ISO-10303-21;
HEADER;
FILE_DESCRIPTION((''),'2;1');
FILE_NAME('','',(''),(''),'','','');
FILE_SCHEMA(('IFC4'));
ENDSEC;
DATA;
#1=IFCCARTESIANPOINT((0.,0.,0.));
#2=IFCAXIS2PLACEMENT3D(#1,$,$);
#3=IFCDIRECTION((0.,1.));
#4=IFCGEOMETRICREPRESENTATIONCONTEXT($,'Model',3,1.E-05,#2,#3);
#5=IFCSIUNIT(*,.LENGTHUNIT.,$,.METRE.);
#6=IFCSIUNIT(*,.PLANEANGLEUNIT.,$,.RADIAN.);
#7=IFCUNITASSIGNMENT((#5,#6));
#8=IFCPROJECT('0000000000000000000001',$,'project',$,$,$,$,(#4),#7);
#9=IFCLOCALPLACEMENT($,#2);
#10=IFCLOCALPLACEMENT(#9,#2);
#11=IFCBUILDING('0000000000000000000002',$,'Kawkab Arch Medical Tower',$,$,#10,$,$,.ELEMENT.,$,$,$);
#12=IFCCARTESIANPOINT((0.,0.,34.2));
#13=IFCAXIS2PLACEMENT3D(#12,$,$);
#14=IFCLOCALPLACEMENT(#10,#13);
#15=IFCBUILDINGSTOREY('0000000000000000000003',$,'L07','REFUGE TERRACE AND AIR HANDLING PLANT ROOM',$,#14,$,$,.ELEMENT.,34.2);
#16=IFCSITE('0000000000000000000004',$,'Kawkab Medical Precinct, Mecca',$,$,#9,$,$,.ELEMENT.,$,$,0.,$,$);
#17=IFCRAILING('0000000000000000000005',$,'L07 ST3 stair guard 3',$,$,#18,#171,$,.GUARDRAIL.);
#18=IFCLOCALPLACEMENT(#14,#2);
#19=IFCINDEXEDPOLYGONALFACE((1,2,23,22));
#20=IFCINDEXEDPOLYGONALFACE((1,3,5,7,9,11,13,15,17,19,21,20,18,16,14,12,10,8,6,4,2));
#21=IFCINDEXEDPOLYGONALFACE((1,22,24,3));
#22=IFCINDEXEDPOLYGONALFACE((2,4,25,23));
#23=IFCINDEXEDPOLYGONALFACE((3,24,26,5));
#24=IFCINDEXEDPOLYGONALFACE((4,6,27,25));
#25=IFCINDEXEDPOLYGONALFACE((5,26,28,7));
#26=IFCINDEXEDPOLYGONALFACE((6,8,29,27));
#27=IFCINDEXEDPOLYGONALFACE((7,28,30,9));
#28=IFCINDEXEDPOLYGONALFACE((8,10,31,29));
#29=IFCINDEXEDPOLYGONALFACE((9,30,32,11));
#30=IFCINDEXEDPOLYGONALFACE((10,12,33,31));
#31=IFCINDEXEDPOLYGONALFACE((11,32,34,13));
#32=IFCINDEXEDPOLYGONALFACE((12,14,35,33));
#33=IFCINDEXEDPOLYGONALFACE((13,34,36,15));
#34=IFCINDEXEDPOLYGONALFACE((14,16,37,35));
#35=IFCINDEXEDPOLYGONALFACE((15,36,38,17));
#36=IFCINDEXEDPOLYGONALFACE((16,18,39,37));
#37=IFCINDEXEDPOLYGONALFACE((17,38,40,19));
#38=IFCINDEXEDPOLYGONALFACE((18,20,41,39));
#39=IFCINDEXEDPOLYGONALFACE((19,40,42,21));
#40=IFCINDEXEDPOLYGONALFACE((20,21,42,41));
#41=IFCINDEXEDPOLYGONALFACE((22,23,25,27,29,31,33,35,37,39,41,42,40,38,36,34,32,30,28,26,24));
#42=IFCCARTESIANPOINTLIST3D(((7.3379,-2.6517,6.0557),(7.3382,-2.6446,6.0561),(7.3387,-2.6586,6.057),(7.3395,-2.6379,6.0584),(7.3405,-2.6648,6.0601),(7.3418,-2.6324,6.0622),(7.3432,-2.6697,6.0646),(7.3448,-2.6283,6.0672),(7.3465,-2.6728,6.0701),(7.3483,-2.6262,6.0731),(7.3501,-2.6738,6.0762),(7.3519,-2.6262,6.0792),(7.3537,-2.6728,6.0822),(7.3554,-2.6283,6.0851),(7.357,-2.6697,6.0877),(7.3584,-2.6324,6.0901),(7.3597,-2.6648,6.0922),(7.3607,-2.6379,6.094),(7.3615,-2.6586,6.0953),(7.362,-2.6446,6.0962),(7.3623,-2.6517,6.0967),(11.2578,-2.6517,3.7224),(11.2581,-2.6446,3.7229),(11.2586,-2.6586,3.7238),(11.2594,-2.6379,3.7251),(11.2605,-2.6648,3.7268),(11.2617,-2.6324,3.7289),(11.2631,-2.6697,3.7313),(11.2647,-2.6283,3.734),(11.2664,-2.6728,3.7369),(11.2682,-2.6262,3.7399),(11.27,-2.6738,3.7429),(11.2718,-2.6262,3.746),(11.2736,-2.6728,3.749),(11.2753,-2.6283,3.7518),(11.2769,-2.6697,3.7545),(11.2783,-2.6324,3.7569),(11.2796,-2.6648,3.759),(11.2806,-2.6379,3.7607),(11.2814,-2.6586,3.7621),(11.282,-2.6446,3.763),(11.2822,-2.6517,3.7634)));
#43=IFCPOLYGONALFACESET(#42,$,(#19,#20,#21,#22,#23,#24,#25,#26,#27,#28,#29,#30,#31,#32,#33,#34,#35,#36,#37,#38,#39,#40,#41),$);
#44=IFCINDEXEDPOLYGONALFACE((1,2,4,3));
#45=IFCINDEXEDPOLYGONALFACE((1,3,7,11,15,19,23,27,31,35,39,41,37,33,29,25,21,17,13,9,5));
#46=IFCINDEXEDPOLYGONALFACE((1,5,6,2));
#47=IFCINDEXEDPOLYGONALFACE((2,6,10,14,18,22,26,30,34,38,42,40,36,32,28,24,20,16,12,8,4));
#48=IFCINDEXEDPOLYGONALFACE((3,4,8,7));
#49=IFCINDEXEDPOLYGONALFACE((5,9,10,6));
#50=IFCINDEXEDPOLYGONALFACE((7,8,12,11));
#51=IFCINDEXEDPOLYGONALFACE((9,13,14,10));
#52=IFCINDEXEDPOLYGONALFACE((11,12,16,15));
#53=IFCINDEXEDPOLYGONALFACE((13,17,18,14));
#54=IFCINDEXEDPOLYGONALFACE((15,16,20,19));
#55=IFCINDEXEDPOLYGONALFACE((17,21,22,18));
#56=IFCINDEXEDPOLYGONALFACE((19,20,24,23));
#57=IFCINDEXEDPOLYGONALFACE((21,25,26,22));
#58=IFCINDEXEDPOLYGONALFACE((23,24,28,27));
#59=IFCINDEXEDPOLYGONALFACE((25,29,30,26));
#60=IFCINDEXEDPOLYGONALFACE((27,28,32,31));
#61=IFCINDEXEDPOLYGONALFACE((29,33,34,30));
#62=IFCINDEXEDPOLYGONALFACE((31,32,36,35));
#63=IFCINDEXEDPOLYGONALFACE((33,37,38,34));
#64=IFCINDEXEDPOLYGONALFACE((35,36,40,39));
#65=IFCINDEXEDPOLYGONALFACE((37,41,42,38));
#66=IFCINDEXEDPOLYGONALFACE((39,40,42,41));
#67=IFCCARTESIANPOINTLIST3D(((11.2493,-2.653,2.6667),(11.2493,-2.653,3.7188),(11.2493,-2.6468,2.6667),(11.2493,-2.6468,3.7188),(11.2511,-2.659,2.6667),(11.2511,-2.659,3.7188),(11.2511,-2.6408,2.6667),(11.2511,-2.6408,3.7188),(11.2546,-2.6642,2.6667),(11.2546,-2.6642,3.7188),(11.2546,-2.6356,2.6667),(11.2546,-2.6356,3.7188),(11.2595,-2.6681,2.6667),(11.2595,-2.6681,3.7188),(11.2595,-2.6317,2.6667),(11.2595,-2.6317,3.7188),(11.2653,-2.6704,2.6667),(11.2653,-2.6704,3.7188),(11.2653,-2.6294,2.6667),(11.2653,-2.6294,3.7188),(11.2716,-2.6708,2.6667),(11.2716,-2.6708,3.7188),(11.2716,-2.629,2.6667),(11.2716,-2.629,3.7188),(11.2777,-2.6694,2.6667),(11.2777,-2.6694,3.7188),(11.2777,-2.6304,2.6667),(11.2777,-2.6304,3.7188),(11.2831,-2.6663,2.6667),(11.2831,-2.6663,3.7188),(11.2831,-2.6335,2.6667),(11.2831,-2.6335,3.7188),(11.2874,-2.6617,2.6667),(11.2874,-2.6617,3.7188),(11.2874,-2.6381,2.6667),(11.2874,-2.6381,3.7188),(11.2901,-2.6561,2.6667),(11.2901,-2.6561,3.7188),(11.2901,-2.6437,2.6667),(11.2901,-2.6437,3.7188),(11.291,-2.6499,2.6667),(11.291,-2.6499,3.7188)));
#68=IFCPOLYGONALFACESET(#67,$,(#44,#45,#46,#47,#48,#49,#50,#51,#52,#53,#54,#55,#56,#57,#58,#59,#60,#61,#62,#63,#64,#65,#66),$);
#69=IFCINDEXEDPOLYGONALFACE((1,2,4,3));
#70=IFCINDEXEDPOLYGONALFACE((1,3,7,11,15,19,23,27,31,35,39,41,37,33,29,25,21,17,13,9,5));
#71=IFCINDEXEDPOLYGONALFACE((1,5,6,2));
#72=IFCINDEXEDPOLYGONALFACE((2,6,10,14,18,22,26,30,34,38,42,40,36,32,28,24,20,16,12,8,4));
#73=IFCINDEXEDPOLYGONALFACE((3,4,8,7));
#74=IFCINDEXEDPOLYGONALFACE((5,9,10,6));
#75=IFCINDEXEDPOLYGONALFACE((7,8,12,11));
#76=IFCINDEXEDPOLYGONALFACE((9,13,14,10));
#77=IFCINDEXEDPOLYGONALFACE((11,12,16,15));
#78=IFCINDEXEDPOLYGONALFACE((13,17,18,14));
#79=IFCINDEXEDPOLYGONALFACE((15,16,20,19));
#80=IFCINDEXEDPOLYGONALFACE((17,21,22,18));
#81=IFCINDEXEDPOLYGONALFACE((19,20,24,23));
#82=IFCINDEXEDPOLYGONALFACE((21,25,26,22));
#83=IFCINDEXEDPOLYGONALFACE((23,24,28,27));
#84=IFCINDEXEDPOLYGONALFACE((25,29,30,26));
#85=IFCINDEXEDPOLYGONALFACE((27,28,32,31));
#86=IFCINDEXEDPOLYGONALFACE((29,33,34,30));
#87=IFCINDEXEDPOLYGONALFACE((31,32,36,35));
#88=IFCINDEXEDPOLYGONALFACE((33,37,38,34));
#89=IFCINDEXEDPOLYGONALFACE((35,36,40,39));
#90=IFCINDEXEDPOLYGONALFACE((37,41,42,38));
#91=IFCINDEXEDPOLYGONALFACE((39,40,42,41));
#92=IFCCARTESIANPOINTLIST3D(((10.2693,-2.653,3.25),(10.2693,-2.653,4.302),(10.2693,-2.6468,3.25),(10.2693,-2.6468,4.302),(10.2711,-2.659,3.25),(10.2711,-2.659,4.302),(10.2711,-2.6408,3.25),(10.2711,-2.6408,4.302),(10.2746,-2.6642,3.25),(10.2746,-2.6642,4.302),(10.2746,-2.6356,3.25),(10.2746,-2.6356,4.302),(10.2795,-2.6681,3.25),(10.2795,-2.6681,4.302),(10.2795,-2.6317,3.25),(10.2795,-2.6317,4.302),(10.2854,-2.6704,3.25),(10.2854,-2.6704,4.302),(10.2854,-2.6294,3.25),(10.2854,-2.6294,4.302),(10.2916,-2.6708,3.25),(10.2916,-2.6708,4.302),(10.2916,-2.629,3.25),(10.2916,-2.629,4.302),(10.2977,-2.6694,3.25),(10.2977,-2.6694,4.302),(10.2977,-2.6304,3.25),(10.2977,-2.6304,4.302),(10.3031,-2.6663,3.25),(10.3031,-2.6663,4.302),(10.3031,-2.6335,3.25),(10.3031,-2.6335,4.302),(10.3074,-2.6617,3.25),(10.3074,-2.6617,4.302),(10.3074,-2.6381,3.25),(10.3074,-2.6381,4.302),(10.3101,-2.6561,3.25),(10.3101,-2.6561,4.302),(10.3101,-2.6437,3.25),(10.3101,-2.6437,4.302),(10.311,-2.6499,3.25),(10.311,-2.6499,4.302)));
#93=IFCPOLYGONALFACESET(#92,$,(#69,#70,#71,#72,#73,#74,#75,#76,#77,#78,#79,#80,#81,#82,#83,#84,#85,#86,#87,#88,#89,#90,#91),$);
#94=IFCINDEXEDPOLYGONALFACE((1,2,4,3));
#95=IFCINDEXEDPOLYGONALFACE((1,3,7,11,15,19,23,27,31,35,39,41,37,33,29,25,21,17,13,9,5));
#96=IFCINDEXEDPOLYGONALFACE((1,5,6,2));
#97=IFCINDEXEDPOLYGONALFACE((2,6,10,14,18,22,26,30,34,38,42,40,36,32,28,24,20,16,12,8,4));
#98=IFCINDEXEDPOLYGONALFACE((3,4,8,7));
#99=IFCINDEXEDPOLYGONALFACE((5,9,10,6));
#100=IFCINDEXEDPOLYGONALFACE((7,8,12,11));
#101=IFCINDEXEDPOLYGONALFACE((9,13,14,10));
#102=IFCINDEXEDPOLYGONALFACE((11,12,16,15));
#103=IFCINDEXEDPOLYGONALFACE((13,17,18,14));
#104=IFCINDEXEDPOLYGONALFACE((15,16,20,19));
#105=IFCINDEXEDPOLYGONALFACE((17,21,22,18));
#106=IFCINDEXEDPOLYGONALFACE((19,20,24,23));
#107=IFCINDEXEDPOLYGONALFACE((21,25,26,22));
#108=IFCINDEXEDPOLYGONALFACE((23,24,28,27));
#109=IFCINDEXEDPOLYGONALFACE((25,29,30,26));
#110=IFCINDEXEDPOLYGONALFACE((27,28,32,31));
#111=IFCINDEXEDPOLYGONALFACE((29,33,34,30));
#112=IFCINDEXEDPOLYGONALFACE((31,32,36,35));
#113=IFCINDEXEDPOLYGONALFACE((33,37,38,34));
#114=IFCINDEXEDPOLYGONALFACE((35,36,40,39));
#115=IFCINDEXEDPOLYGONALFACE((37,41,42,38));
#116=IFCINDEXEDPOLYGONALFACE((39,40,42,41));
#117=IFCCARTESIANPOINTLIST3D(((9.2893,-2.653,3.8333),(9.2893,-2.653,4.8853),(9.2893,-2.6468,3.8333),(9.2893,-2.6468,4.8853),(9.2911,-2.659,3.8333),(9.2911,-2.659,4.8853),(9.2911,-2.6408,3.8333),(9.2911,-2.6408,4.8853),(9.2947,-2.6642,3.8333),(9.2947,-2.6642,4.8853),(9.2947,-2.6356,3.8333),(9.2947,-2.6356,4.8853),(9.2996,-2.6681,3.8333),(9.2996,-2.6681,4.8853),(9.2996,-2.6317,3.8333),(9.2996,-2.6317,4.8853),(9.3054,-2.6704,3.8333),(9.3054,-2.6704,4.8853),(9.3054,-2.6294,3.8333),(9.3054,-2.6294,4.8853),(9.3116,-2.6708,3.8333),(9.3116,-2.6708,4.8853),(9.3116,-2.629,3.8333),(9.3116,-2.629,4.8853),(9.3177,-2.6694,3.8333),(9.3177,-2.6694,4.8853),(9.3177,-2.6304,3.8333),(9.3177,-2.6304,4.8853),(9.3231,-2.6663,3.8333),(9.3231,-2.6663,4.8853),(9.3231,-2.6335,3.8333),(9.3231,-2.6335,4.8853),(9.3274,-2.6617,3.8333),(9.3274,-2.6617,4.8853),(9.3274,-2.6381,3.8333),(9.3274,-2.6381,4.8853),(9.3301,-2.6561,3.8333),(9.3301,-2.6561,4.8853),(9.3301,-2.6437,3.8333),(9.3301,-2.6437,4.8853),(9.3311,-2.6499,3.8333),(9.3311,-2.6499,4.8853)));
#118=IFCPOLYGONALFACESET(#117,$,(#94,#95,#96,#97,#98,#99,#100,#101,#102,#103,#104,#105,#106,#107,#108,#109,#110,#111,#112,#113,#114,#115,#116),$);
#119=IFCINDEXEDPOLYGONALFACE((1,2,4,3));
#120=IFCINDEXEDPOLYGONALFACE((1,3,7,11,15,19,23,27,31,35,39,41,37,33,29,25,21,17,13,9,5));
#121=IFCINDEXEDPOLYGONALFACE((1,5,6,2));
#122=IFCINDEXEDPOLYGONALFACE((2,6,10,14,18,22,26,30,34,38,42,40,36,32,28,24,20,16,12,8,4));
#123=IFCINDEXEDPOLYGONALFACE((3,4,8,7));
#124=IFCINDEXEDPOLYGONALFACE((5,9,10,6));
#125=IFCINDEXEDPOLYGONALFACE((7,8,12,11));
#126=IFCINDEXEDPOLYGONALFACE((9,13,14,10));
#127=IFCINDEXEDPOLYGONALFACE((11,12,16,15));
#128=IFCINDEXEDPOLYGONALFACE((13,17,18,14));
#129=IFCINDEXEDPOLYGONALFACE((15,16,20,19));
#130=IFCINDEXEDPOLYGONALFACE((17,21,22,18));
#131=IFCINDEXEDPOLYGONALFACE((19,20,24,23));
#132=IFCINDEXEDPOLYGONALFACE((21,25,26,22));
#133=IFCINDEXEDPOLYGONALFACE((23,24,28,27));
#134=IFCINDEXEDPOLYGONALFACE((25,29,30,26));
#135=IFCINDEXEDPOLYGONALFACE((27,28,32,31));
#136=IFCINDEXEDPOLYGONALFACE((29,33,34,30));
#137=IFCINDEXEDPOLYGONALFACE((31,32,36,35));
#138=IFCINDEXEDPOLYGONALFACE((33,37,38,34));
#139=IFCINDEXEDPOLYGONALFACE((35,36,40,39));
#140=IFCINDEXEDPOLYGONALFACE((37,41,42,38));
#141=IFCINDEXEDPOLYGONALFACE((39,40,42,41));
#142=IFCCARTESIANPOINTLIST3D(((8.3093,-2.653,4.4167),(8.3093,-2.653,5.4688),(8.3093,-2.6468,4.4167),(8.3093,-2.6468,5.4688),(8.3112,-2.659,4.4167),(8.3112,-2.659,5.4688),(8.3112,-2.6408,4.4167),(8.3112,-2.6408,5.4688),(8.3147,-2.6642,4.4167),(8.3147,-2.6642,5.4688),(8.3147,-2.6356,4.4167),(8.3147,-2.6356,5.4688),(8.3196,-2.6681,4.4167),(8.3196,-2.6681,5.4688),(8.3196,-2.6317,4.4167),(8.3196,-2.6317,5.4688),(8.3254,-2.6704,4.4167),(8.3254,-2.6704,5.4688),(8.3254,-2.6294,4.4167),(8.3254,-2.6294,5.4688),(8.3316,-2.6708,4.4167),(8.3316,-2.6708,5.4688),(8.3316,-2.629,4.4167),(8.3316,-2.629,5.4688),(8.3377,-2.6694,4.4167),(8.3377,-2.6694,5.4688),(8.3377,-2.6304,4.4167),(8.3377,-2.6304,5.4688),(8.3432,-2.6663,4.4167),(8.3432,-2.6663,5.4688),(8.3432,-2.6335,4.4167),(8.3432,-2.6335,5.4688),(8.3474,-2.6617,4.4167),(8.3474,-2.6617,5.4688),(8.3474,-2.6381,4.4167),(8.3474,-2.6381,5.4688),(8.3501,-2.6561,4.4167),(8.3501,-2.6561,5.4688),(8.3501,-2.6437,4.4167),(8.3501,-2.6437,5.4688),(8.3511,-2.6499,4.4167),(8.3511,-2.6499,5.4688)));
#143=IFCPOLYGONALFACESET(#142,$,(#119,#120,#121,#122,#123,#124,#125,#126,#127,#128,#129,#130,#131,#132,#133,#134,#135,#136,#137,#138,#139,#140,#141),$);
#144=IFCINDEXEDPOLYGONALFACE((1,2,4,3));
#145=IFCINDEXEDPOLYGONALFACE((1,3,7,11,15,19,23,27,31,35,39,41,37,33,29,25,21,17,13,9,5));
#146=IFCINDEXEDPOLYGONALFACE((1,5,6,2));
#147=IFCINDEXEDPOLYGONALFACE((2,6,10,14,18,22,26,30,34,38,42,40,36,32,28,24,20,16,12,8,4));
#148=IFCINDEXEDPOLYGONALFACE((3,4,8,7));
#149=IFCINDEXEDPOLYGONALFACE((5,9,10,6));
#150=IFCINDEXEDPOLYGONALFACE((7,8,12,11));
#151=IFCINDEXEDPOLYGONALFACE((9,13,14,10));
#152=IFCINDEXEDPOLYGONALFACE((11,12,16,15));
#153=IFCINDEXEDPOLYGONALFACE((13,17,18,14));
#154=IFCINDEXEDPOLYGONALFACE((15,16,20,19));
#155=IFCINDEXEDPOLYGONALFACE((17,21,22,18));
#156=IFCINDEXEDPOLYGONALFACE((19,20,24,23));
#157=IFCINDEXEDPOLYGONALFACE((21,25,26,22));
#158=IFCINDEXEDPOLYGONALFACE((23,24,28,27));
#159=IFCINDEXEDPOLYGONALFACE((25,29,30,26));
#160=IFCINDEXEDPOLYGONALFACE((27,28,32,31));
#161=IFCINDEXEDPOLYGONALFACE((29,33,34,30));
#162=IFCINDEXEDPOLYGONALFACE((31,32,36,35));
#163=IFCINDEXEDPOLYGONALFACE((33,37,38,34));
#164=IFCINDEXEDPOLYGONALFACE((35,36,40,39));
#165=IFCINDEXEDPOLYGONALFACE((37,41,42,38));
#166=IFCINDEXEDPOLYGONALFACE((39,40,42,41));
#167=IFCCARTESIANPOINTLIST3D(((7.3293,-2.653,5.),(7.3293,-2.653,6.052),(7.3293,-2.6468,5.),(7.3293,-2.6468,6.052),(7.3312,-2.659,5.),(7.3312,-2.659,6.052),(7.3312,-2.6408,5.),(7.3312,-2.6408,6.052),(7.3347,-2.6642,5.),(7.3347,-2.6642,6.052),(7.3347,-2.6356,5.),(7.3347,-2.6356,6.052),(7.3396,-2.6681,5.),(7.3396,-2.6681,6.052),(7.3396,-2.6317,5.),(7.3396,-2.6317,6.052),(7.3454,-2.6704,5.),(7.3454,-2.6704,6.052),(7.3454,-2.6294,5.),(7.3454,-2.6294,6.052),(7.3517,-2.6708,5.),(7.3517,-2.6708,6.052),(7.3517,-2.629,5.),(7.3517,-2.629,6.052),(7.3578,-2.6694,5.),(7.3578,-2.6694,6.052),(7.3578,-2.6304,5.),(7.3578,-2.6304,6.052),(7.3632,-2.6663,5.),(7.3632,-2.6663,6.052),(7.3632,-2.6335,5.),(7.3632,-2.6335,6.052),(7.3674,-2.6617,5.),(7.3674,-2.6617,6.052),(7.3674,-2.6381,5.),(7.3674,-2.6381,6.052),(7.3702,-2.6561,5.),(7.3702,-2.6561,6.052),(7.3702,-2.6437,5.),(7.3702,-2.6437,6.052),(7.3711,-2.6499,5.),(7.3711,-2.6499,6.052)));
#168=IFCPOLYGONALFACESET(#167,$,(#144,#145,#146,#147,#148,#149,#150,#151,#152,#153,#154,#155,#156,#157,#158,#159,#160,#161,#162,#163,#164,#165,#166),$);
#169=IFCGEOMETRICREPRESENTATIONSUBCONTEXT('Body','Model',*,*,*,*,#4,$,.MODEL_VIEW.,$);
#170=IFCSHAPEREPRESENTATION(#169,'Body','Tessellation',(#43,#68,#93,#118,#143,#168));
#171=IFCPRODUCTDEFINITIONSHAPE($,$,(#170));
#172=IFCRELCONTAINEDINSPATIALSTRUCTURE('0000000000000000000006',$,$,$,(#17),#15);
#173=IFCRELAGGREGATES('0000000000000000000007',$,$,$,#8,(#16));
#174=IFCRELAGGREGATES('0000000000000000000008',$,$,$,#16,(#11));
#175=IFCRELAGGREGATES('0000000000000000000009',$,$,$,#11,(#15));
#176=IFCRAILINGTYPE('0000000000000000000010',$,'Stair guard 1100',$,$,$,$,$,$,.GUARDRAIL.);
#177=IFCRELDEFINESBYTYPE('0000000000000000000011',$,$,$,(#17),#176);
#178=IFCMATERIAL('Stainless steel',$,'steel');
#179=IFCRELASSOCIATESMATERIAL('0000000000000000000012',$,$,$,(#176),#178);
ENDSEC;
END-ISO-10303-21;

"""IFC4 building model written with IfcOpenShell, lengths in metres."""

from ifc_helpers import new_model, si_unit, direction, frame, origin, origin_2d, place, context, subcontext, project, spatial, circle, extrude, material, type_object, element, save


model = new_model("IFC4")

# Units and contexts
model_context = context("Model", 3, precision=1e-05, world=origin(), true_north=direction((0.0, 1.0)))
body_context = subcontext(model_context, "Body", "Model", "MODEL_VIEW")
ifc_project = project(units=[si_unit("LENGTHUNIT", "METRE"), si_unit("PLANEANGLEUNIT", "RADIAN")], contexts=[model_context])

# Site, building, storey
site_placement = place(None, origin())
site = spatial("IfcSite", under=ifc_project, at=site_placement, Name="Kawkab Medical Precinct, Mecca", CompositionType="ELEMENT", RefElevation=0.0)
building_placement = place(site_placement, origin())
building = spatial("IfcBuilding", under=site, at=building_placement, Name="Kawkab Arch Medical Tower", CompositionType="ELEMENT")
storey_placement = place(building_placement, frame((0.0, 0.0, 34.2)))
storey = spatial("IfcBuildingStorey", under=building, at=storey_placement, Name="L07", Description="REFUGE TERRACE AND AIR HANDLING PLANT ROOM", CompositionType="ELEMENT", Elevation=34.2)

# Railing
ifc_material_1 = material(Name="Stainless steel", Category="steel")
railing_type = type_object("IfcRailingType", Name="Stair guard 1100", PredefinedType="GUARDRAIL", material=ifc_material_1)
railing_1_placement = place(storey_placement, frame((11.27, -2.6499, 2.6667)))
element("IfcRailing", 1, at=railing_1_placement, inside=storey, type_object=railing_type, Name="L07 ST3 stair guard 3", PredefinedType="GUARDRAIL", context=body_context, shape_type="SweptSolid", body=[
    extrude(circle(Radius=0.0239, at=origin_2d()), frame((0.0, 0.0, 1.0762), z_axis=(-0.859296, 0.0, 0.511478), x_axis=(0.0, -1.0, 0.0)), (0.0, 0.0, 1.0), 4.5618),
    extrude(circle(Radius=0.021, at=origin_2d()), origin(), (0.0, 0.0, 1.0), 1.052),
    extrude(circle(Radius=0.021, at=origin_2d()), frame((-0.98, 0.0, 0.5833)), (0.0, 0.0, 1.0), 1.052),
    extrude(circle(Radius=0.021, at=origin_2d()), frame((-1.96, 0.0, 1.1665)), (0.0, 0.0, 1.0), 1.052),
    extrude(circle(Radius=0.021, at=origin_2d()), frame((-2.9399, 0.0, 1.75)), (0.0, 0.0, 1.0), 1.052),
    extrude(circle(Radius=0.021, at=origin_2d()), frame((-3.9199, 0.0, 2.3333)), (0.0, 0.0, 1.0), 1.052),
])

save(model, "model.ifc")
